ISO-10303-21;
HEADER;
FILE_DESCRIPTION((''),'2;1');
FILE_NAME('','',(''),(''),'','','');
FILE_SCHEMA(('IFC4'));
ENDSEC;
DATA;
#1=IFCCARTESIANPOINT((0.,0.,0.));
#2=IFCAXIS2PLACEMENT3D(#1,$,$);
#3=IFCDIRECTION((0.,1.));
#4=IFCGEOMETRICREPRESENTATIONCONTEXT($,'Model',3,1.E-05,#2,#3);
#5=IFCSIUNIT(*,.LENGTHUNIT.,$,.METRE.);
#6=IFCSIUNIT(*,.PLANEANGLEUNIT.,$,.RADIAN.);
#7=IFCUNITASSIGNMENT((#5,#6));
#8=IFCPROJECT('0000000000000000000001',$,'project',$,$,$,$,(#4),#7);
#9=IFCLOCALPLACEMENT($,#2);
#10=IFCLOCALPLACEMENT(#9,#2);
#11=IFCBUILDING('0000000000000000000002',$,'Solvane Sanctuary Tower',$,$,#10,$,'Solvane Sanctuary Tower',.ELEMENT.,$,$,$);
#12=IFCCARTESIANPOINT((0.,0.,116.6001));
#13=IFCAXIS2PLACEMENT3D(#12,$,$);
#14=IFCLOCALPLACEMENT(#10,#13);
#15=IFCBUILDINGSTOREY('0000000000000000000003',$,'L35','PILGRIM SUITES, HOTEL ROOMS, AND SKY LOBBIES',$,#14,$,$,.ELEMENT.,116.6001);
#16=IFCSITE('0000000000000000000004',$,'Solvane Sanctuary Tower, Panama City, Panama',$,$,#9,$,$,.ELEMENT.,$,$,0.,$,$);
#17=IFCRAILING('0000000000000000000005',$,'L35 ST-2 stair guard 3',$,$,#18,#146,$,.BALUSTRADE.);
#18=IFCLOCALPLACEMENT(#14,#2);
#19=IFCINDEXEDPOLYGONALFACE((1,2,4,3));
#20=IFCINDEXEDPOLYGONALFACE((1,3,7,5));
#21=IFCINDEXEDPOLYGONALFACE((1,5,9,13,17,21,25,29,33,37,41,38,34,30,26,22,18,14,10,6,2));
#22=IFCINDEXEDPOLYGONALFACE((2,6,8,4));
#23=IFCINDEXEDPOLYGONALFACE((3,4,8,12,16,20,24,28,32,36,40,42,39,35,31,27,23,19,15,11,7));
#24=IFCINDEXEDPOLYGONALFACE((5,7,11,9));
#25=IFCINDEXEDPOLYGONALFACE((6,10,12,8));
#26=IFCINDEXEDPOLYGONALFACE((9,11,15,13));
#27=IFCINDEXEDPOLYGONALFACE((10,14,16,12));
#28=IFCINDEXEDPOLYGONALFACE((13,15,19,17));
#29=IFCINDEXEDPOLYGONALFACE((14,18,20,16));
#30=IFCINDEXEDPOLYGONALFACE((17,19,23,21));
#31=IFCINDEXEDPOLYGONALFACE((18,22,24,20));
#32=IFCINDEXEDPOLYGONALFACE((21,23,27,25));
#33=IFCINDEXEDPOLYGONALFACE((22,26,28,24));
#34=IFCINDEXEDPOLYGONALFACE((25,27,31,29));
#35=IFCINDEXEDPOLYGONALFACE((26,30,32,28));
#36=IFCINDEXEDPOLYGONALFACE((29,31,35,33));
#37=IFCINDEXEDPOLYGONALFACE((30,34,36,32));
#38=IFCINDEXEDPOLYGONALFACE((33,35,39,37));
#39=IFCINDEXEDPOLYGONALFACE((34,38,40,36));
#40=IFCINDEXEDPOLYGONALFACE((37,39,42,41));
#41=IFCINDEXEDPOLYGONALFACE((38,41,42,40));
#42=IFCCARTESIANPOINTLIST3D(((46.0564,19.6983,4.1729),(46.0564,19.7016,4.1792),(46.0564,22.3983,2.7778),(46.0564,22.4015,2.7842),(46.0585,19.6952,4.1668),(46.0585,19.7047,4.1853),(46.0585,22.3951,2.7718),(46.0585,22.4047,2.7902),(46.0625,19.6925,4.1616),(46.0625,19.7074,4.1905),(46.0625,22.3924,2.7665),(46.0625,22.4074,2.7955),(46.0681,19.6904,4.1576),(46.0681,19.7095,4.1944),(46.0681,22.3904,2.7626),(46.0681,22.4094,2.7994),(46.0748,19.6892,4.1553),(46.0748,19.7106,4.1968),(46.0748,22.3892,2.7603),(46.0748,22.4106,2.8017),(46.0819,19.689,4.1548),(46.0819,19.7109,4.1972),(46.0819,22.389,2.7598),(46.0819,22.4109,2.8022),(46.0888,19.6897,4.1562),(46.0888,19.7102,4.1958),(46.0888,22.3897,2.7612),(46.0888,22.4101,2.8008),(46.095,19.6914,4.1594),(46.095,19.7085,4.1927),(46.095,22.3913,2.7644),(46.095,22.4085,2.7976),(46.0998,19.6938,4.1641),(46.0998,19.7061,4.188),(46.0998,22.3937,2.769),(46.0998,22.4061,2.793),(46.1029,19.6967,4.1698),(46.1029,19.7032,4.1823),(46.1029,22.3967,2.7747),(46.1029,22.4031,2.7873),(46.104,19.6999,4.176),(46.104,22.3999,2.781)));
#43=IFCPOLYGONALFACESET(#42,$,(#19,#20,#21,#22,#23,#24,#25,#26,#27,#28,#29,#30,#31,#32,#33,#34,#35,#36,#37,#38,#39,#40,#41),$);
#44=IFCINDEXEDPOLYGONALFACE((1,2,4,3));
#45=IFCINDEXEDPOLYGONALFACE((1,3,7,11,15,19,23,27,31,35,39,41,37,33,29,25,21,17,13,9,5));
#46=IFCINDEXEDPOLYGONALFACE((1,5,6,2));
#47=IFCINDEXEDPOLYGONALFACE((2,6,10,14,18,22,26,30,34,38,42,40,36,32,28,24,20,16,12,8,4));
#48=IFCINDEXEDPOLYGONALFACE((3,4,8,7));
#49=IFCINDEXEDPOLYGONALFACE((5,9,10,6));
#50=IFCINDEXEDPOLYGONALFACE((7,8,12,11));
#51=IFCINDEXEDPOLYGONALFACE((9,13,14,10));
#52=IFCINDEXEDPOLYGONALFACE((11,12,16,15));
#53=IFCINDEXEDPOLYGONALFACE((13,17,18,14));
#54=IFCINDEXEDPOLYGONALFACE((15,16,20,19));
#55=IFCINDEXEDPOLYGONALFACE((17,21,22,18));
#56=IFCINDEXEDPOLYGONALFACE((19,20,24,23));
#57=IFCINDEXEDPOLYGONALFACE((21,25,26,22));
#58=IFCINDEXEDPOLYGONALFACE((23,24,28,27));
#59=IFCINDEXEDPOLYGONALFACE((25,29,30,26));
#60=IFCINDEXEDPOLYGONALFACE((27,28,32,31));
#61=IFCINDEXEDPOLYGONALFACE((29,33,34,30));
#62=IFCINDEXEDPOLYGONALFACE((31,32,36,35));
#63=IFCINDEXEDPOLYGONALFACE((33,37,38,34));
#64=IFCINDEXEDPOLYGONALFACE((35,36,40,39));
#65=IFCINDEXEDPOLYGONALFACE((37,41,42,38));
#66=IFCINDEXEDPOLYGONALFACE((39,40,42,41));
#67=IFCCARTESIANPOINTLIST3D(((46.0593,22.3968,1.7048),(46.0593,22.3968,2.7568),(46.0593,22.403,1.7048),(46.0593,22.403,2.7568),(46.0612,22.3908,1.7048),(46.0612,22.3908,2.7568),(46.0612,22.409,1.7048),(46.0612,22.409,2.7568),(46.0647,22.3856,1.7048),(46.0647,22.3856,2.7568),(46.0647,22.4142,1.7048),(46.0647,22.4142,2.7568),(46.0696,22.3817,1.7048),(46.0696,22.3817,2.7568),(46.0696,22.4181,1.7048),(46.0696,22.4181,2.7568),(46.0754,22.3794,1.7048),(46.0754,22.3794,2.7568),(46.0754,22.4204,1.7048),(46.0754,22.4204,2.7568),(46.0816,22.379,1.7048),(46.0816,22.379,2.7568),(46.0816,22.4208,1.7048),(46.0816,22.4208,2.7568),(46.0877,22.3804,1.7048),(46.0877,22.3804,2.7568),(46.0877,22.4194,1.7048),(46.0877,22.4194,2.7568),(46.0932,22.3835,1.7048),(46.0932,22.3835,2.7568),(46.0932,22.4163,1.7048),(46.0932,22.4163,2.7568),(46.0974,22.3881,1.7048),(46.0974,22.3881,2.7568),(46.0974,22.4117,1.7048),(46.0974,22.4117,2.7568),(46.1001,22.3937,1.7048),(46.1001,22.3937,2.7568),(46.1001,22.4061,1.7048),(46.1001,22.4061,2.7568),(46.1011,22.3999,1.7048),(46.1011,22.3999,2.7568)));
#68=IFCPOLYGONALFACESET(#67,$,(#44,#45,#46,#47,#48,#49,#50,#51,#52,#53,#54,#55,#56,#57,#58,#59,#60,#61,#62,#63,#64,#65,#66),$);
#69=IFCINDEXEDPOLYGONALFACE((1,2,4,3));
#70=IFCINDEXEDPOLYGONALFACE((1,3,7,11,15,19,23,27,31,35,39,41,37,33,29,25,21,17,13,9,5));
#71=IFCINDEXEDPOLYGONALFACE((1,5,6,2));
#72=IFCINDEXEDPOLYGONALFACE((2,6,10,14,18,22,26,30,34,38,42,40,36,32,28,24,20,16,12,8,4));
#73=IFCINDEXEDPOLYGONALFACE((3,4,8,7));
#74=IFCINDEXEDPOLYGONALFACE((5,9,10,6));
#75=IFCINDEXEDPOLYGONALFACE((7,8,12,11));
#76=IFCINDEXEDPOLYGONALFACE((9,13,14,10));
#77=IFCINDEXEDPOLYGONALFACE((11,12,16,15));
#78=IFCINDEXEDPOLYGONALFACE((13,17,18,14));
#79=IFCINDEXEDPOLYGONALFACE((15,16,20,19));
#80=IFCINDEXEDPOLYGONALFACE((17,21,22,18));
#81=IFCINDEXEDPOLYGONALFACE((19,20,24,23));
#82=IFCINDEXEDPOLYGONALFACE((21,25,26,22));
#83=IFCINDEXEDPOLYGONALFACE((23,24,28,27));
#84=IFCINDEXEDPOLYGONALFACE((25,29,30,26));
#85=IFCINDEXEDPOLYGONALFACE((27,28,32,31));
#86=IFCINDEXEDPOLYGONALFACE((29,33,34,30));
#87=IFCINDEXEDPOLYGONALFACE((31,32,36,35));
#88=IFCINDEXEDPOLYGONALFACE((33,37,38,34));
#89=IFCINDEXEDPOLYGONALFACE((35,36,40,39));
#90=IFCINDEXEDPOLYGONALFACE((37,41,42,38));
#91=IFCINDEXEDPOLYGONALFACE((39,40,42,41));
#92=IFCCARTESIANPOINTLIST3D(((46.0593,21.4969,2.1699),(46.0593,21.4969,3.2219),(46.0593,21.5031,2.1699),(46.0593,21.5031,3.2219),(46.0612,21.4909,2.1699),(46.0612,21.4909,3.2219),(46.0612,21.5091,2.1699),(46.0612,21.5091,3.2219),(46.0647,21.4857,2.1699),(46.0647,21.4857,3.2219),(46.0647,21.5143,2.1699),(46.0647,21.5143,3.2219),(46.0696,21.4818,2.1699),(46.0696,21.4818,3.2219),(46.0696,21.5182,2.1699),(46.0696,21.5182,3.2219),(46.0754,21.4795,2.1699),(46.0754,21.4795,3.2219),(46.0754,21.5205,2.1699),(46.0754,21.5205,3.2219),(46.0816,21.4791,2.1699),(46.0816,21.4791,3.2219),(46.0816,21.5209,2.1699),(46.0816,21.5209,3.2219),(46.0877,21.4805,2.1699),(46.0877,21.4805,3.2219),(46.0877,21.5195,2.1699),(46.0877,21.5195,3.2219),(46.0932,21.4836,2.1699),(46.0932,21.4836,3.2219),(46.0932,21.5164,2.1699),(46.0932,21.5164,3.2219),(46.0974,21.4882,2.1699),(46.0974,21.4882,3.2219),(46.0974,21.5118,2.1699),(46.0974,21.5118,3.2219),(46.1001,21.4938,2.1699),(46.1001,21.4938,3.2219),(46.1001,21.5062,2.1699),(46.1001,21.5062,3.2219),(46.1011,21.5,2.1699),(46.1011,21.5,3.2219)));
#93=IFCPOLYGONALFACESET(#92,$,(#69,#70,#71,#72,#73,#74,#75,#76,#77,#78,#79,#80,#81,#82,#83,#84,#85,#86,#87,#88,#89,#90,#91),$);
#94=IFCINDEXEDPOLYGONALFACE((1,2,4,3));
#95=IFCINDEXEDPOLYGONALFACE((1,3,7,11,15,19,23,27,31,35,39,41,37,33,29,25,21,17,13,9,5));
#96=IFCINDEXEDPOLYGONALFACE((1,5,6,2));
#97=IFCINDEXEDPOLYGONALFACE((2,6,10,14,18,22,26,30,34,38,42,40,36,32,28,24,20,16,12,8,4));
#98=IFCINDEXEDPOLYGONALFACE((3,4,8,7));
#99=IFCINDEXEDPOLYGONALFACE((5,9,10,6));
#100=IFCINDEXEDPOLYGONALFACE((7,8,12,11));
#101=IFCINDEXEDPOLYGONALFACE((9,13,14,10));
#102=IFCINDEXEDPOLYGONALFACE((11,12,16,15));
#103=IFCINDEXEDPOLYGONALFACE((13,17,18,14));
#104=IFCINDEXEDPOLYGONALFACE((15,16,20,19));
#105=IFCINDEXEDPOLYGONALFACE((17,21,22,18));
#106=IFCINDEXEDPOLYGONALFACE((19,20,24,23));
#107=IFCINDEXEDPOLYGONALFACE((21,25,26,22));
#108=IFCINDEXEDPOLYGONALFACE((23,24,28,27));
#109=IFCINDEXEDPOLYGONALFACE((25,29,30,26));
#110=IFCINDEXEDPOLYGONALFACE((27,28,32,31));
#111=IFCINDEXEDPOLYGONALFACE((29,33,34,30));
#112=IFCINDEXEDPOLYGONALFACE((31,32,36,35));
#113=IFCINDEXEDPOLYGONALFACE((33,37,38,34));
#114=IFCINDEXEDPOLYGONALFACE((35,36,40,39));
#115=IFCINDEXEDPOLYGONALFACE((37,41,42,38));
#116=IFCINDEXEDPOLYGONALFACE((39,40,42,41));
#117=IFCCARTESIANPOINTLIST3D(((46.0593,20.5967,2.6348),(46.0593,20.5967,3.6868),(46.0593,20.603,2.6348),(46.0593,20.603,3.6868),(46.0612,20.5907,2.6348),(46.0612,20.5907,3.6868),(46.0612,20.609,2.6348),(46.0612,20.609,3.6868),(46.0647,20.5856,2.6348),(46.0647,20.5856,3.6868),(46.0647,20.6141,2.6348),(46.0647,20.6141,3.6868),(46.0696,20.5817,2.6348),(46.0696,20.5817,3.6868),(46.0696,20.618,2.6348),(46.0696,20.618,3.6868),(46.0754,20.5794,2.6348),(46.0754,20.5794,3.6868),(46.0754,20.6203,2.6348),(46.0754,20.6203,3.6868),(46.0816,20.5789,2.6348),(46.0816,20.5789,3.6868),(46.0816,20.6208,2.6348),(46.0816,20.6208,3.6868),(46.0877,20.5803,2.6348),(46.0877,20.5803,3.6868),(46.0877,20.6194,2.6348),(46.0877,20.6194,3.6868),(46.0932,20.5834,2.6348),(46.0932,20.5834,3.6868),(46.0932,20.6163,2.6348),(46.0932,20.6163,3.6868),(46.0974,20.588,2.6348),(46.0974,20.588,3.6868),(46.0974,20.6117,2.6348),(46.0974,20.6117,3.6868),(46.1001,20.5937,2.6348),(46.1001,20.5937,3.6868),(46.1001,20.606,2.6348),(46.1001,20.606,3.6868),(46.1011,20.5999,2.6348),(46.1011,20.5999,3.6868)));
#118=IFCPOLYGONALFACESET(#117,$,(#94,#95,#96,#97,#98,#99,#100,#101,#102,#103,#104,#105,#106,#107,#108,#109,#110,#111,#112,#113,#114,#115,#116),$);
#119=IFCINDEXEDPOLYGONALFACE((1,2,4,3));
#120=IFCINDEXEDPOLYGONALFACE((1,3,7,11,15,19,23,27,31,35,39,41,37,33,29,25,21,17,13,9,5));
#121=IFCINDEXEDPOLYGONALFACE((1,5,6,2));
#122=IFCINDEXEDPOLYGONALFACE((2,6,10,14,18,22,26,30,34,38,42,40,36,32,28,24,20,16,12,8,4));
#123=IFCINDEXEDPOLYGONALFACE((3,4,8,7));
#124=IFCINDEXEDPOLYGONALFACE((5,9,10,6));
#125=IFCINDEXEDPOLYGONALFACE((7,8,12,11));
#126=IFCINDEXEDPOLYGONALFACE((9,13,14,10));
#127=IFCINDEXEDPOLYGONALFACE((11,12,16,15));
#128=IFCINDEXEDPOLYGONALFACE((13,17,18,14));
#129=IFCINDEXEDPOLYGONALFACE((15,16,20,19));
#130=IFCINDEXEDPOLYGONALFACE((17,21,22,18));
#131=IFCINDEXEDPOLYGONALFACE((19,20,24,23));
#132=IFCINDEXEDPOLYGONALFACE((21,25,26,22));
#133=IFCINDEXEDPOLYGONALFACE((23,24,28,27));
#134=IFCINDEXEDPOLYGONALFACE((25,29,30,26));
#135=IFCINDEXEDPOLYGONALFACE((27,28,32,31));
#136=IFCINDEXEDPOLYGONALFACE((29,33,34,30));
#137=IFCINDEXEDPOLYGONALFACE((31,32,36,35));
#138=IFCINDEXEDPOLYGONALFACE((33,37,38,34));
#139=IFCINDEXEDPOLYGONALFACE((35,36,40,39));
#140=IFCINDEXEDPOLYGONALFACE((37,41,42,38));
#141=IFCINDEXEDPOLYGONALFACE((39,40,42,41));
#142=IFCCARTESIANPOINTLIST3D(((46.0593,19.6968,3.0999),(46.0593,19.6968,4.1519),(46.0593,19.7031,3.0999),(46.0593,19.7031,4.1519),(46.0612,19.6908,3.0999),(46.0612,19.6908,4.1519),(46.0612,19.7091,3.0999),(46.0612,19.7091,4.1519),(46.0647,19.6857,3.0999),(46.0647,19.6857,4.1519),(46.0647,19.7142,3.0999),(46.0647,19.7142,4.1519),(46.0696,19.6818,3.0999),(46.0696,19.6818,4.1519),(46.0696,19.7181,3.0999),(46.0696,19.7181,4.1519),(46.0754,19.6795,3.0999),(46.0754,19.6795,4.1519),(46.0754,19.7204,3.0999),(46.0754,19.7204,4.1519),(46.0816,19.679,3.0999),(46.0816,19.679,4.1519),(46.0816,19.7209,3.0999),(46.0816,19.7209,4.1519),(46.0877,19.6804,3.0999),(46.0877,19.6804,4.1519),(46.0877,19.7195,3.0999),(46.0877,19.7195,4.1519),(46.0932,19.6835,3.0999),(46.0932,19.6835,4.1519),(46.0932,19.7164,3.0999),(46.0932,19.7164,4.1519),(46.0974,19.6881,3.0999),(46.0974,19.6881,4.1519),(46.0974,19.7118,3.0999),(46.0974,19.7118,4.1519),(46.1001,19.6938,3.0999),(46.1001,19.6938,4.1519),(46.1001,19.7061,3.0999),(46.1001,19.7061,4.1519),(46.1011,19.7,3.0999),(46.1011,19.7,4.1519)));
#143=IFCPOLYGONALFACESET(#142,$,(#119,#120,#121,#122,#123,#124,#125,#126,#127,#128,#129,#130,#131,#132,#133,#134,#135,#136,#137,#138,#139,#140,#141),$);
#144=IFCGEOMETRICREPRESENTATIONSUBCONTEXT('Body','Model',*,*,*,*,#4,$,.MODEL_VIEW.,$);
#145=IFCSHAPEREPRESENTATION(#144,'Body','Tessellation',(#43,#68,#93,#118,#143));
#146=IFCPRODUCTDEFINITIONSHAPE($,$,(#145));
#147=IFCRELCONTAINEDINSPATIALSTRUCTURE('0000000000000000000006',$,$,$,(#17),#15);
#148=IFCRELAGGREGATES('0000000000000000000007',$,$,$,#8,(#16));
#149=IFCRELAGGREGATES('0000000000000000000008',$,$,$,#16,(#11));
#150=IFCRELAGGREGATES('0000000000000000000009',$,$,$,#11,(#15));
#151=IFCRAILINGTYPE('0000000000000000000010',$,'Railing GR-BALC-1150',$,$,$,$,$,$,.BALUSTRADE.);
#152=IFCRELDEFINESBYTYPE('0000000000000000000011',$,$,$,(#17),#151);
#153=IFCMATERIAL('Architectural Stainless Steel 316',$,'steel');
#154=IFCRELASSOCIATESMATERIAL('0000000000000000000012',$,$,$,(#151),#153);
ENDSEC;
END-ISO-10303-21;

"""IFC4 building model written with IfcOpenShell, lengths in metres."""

from ifc_helpers import new_model, si_unit, direction, frame, origin, origin_2d, place, context, subcontext, project, spatial, circle, extrude, material, type_object, element, save


model = new_model("IFC4")

# Units and contexts
model_context = context("Model", 3, precision=1e-05, world=origin(), true_north=direction((0.0, 1.0)))
body_context = subcontext(model_context, "Body", "Model", "MODEL_VIEW")
ifc_project = project(units=[si_unit("LENGTHUNIT", "METRE"), si_unit("PLANEANGLEUNIT", "RADIAN")], contexts=[model_context])

# Site, building, storey
site_placement = place(None, origin())
site = spatial("IfcSite", under=ifc_project, at=site_placement, Name="Solvane Sanctuary Tower, Panama City, Panama", CompositionType="ELEMENT", RefElevation=0.0)
building_placement = place(site_placement, origin())
building = spatial("IfcBuilding", under=site, at=building_placement, Name="Solvane Sanctuary Tower", LongName="Solvane Sanctuary Tower", CompositionType="ELEMENT")
storey_placement = place(building_placement, frame((0.0, 0.0, 116.6001)))
storey = spatial("IfcBuildingStorey", under=building, at=storey_placement, Name="L35", Description="PILGRIM SUITES, HOTEL ROOMS, AND SKY LOBBIES", CompositionType="ELEMENT", Elevation=116.6001)

# Shared definitions
ifc_material_1 = material(Name="Architectural Stainless Steel 316", Category="steel")

# Railing
railing_type = type_object("IfcRailingType", Name="Railing GR-BALC-1150", PredefinedType="BALUSTRADE", material=ifc_material_1)
railing_1_placement = place(storey_placement, frame((46.0801, 22.3999, 1.7048)))
element("IfcRailing", 1, at=railing_1_placement, inside=storey, type_object=railing_type, Name="L35 ST-2 stair guard 3", PredefinedType="BALUSTRADE", context=body_context, shape_type="SweptSolid", body=[
    extrude(circle(Radius=0.0239, at=origin_2d()), frame((0.0, 0.0, 1.0762), z_axis=(0.0, -0.88842, 0.459032), x_axis=(1.0, 0.0, 0.0)), (0.0, 0.0, 1.0), 3.0391),
    extrude(circle(Radius=0.021, at=origin_2d()), origin(), (0.0, 0.0, 1.0), 1.052),
    extrude(circle(Radius=0.021, at=origin_2d()), frame((0.0, -0.8999, 0.4651)), (0.0, 0.0, 1.0), 1.052),
    extrude(circle(Radius=0.021, at=origin_2d()), frame((0.0, -1.8, 0.9299)), (0.0, 0.0, 1.0), 1.052),
    extrude(circle(Radius=0.021, at=origin_2d()), frame((0.0, -2.7, 1.395)), (0.0, 0.0, 1.0), 1.052),
])

save(model, "model.ifc")
